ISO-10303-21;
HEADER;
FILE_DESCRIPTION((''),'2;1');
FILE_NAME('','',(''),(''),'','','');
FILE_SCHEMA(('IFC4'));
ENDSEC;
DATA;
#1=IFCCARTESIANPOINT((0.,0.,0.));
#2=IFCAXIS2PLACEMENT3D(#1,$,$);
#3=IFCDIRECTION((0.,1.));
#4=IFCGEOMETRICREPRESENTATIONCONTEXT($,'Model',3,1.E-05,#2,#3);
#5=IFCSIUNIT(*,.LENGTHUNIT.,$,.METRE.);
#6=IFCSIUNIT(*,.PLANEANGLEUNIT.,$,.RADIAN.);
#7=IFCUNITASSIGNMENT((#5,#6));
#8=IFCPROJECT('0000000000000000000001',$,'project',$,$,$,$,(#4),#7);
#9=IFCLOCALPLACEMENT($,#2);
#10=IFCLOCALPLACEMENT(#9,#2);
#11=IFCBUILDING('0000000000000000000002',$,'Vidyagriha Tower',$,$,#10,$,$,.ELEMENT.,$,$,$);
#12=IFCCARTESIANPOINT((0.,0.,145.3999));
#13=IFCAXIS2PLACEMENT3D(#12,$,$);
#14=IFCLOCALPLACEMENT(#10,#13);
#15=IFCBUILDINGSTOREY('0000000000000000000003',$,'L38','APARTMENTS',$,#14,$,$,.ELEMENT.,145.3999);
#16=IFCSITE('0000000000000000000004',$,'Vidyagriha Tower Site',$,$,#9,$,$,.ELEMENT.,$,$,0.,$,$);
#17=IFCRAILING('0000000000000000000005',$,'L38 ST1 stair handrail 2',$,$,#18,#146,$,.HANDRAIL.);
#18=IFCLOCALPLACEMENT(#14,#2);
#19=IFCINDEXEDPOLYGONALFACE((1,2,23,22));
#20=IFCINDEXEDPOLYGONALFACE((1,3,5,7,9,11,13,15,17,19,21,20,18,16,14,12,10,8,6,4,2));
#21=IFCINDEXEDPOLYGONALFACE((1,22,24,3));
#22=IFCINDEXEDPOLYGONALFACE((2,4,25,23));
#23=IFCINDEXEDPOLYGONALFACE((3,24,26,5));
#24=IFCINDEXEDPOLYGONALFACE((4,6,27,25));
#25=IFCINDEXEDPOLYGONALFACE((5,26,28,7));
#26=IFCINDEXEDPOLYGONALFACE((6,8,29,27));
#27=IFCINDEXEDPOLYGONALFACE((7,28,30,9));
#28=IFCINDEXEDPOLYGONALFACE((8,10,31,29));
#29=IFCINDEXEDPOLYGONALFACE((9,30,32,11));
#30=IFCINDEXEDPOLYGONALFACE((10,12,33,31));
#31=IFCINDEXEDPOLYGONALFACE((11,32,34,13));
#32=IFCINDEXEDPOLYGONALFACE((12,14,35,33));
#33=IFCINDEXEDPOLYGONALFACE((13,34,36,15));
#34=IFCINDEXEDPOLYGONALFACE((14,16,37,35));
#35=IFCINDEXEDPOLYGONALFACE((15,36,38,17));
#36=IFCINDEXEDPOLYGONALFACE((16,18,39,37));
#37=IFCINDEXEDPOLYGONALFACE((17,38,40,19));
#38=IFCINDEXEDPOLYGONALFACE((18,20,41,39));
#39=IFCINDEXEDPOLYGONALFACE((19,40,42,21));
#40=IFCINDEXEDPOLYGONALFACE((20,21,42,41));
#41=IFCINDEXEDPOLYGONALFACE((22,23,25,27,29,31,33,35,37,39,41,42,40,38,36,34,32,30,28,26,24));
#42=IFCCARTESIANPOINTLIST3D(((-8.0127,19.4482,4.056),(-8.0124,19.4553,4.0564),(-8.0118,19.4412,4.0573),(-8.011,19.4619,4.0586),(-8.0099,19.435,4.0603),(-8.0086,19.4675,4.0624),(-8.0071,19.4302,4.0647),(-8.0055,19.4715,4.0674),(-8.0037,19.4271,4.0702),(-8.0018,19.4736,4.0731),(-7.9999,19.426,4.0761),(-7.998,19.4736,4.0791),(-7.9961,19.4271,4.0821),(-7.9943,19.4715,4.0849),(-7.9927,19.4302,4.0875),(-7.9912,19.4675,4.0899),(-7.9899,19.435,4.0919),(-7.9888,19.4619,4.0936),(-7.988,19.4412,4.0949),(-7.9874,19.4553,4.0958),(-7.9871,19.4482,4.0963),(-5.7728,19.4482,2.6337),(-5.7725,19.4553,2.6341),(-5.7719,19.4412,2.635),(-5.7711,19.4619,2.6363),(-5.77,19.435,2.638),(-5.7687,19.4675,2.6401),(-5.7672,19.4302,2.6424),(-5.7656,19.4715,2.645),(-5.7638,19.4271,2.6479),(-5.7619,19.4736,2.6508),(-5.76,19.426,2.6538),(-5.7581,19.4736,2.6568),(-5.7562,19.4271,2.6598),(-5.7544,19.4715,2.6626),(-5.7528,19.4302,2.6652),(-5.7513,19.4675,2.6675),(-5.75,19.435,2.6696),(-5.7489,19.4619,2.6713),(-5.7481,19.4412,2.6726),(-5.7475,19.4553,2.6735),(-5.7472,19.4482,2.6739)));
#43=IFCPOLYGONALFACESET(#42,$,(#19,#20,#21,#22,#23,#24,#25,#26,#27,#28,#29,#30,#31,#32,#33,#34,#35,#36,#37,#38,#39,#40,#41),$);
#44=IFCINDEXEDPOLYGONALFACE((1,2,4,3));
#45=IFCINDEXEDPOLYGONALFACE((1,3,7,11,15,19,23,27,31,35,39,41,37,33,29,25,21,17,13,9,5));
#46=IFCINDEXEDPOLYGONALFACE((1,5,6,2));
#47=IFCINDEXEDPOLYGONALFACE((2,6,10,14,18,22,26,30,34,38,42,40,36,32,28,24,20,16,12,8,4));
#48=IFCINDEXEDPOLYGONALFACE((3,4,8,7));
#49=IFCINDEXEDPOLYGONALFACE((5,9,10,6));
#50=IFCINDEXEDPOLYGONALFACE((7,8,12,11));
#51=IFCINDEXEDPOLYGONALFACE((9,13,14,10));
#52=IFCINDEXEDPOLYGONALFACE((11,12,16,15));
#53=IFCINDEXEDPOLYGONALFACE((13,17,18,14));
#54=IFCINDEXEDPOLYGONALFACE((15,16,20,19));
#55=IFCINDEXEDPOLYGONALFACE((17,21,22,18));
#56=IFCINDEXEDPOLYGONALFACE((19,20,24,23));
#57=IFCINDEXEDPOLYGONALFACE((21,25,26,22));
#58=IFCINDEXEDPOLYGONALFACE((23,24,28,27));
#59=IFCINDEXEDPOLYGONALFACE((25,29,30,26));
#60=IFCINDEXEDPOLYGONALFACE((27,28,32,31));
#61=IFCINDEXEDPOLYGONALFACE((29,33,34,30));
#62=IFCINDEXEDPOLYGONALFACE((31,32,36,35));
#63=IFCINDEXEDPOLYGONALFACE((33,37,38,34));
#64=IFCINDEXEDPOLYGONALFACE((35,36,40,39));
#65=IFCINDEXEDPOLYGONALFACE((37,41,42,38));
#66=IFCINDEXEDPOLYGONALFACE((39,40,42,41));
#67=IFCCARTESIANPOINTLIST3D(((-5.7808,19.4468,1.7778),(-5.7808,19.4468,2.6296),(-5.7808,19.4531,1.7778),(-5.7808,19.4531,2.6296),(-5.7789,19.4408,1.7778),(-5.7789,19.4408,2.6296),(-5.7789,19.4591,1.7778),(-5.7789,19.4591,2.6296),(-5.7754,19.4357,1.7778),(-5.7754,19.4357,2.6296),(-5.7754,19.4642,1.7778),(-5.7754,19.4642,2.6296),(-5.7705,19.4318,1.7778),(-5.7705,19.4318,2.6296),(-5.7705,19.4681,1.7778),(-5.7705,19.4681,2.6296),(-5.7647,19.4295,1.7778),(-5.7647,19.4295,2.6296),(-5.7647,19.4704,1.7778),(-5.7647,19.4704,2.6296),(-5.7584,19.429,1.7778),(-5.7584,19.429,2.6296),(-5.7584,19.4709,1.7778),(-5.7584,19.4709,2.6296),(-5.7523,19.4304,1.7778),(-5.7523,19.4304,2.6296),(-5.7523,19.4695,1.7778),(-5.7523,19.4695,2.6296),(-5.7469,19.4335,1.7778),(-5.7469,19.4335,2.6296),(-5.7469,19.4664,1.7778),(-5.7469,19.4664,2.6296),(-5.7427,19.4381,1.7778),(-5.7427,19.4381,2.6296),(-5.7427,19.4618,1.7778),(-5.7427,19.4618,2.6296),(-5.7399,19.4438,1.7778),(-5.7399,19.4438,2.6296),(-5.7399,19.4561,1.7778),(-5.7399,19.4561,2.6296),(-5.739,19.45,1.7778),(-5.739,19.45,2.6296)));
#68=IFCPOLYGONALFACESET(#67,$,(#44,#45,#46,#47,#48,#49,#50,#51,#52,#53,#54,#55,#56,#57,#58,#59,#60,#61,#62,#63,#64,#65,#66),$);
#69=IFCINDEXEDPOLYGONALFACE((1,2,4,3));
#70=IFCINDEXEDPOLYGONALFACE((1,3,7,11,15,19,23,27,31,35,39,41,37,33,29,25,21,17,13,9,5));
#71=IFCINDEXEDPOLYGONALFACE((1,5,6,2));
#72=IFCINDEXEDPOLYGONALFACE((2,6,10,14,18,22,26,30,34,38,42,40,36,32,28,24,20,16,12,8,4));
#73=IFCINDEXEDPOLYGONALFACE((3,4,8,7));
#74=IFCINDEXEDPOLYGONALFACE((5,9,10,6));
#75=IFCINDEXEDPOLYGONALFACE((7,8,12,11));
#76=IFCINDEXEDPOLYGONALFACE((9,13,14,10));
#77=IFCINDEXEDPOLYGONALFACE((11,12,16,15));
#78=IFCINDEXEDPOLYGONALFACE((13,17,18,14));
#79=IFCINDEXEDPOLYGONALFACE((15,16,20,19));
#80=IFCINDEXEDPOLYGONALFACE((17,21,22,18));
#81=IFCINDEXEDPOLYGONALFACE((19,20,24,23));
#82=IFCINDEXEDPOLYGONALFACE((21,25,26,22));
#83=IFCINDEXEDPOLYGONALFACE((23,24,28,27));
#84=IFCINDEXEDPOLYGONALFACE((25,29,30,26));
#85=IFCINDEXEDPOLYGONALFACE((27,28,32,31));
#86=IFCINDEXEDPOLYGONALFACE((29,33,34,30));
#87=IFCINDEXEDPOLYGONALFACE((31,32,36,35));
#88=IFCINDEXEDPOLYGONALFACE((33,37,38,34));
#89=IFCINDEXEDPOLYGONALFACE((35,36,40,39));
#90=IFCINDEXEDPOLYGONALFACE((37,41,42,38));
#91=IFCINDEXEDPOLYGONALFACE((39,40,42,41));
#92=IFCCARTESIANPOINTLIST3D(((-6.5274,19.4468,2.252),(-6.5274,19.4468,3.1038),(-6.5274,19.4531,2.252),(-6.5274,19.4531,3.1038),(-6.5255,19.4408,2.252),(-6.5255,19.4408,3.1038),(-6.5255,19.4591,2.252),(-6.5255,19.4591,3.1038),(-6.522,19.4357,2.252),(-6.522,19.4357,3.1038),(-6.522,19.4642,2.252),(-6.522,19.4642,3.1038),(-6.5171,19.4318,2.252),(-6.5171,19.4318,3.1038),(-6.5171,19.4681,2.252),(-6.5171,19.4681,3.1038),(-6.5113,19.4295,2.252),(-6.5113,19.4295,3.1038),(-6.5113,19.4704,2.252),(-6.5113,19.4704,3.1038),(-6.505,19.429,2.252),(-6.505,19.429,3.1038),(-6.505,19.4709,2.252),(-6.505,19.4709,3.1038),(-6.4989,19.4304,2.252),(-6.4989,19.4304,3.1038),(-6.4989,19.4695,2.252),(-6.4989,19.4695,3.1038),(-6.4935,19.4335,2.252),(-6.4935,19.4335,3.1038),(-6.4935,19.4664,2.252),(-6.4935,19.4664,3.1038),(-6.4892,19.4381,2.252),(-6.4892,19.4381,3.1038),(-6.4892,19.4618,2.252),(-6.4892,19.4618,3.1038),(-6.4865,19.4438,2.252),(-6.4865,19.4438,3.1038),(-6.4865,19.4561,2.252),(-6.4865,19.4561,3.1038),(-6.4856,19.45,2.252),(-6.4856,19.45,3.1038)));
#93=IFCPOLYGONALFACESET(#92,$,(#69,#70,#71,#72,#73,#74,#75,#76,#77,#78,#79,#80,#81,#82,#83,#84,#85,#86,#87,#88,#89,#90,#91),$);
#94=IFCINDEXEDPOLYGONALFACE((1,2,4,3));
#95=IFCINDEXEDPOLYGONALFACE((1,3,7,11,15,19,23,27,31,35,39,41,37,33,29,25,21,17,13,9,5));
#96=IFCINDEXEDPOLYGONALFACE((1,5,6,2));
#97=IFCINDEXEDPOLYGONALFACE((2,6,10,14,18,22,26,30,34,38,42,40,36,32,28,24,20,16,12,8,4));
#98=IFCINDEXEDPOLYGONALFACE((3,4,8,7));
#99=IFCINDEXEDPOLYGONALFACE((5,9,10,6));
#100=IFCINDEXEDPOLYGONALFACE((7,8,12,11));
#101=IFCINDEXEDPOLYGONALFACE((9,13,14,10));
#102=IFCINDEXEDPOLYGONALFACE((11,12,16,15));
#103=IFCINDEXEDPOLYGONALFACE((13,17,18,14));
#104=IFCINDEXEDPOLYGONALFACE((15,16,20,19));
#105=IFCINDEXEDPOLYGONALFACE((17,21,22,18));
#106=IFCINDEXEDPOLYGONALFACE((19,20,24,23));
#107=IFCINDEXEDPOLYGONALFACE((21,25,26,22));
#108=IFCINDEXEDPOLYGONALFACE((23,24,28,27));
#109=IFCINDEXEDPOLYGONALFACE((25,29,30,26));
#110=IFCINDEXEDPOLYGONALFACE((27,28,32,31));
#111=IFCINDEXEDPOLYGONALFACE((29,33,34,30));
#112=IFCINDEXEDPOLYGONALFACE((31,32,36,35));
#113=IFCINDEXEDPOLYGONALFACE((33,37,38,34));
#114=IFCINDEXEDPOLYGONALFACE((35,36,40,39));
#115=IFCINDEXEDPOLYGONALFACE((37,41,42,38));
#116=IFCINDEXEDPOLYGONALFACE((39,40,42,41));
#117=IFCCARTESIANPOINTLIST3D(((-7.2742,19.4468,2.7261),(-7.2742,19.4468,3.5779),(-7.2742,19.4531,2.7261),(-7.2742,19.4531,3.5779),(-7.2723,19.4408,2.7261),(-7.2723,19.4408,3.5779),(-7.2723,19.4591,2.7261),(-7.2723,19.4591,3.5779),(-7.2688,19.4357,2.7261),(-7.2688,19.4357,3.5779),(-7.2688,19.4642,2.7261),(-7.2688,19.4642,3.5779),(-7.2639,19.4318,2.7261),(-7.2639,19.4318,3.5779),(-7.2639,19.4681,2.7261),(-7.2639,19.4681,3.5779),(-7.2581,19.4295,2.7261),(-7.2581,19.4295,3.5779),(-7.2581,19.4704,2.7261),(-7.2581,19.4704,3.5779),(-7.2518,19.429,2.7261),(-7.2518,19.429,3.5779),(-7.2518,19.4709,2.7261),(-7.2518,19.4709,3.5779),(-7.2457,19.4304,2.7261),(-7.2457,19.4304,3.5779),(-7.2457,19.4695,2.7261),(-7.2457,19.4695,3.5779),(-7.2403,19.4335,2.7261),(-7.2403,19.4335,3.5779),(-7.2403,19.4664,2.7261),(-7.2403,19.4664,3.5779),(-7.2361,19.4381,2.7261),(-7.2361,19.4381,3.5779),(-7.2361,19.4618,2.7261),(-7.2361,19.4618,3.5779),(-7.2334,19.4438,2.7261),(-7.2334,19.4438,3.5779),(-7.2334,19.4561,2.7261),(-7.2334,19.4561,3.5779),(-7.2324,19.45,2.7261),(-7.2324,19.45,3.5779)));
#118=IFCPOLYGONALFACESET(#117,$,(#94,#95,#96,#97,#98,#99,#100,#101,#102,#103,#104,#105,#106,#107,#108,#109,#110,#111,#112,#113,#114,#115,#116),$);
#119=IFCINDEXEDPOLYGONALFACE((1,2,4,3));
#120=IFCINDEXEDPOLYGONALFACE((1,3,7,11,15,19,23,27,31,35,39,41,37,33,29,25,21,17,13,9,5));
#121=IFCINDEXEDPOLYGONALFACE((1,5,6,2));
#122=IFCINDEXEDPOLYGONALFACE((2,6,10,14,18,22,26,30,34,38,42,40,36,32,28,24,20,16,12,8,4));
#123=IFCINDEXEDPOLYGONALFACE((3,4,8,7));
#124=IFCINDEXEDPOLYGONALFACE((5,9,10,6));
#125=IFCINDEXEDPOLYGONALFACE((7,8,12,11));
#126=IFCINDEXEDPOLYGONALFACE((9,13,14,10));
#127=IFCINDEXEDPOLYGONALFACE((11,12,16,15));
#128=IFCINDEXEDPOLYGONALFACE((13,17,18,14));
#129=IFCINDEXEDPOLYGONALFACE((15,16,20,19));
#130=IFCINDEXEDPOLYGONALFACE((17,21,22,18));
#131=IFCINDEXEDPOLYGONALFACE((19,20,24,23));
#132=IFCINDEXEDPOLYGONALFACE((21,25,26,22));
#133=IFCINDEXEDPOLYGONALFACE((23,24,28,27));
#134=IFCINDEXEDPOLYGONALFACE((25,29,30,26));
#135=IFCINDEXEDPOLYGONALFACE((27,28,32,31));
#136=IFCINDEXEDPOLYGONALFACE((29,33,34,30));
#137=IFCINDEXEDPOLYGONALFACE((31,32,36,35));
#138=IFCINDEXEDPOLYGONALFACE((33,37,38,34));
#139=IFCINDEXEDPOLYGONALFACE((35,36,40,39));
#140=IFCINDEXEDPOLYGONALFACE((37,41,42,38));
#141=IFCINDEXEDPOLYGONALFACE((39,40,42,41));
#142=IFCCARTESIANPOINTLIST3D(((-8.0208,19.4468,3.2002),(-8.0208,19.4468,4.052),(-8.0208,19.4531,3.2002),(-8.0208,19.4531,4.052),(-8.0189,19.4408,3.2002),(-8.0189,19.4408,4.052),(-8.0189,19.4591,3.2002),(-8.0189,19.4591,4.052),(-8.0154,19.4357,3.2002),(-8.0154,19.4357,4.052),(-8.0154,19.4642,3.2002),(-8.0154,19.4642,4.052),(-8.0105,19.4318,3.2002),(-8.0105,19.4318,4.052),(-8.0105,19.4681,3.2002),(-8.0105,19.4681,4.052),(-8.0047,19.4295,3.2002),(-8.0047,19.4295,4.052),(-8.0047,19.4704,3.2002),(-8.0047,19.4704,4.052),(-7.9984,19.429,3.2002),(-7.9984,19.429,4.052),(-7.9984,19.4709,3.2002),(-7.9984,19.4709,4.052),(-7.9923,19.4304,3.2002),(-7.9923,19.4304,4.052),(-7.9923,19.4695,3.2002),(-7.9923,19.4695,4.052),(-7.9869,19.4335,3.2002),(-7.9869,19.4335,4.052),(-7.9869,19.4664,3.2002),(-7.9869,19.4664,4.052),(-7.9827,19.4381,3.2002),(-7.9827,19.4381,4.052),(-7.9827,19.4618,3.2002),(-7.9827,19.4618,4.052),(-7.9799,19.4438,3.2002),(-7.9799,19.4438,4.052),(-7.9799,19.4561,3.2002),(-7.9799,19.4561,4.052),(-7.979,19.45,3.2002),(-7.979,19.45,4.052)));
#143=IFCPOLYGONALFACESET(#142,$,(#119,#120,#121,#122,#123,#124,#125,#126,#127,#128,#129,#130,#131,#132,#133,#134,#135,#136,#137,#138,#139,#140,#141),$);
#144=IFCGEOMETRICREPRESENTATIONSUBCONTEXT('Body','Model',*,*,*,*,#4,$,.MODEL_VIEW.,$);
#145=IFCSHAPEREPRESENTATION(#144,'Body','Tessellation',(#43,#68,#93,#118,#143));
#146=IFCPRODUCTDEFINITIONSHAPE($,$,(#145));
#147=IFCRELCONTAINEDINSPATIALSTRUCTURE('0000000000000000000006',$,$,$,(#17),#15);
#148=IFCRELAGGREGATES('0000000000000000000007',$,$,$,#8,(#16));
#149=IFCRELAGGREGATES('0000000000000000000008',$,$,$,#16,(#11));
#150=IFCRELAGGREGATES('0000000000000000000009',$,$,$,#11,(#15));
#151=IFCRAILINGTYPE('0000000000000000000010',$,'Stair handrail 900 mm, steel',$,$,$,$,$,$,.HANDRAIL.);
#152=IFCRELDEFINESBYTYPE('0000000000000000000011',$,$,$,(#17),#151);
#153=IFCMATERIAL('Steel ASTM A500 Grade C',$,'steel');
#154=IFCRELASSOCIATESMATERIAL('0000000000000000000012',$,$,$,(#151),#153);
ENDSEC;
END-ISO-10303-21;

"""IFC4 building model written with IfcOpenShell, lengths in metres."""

from ifc_helpers import new_model, si_unit, direction, frame, origin, origin_2d, place, context, subcontext, project, spatial, circle, extrude, material, type_object, element, save


model = new_model("IFC4")

# Units and contexts
model_context = context("Model", 3, precision=1e-05, world=origin(), true_north=direction((0.0, 1.0)))
body_context = subcontext(model_context, "Body", "Model", "MODEL_VIEW")
ifc_project = project(units=[si_unit("LENGTHUNIT", "METRE"), si_unit("PLANEANGLEUNIT", "RADIAN")], contexts=[model_context])

# Site, building, storey
site_placement = place(None, origin())
site = spatial("IfcSite", under=ifc_project, at=site_placement, Name="Vidyagriha Tower Site", CompositionType="ELEMENT", RefElevation=0.0)
building_placement = place(site_placement, origin())
building = spatial("IfcBuilding", under=site, at=building_placement, Name="Vidyagriha Tower", CompositionType="ELEMENT")
storey_placement = place(building_placement, frame((0.0, 0.0, 145.3999)))
storey = spatial("IfcBuildingStorey", under=building, at=storey_placement, Name="L38", Description="APARTMENTS", CompositionType="ELEMENT", Elevation=145.3999)

# Railing
ifc_material_1 = material(Name="Steel ASTM A500 Grade C", Category="steel")
railing_type_1 = type_object("IfcRailingType", Name="Stair handrail 900 mm, steel", PredefinedType="HANDRAIL", material=ifc_material_1)
railing_1_placement = place(storey_placement, frame((-5.76, 19.45, 1.7778)))
element("IfcRailing", 1, at=railing_1_placement, inside=storey, type_object=railing_type_1, Name="L38 ST1 stair handrail 2", PredefinedType="HANDRAIL", context=body_context, shape_type="SweptSolid", body=[
    extrude(circle(Radius=0.0239, at=origin_2d()), frame((0.0, 0.0, 0.876), z_axis=(-0.844188, 0.0, 0.536048), x_axis=(0.0, -1.0, 0.0)), (0.0, 0.0, 1.0), 2.6533),
    extrude(circle(Radius=0.021, at=origin_2d()), origin(), (0.0, 0.0, 1.0), 0.8518),
    extrude(circle(Radius=0.021, at=origin_2d()), frame((-0.7466, 0.0, 0.4741)), (0.0, 0.0, 1.0), 0.8518),
    extrude(circle(Radius=0.021, at=origin_2d()), frame((-1.4934, 0.0, 0.9482)), (0.0, 0.0, 1.0), 0.8518),
    extrude(circle(Radius=0.021, at=origin_2d()), frame((-2.24, 0.0, 1.4224)), (0.0, 0.0, 1.0), 0.8518),
])

save(model, "model.ifc")
